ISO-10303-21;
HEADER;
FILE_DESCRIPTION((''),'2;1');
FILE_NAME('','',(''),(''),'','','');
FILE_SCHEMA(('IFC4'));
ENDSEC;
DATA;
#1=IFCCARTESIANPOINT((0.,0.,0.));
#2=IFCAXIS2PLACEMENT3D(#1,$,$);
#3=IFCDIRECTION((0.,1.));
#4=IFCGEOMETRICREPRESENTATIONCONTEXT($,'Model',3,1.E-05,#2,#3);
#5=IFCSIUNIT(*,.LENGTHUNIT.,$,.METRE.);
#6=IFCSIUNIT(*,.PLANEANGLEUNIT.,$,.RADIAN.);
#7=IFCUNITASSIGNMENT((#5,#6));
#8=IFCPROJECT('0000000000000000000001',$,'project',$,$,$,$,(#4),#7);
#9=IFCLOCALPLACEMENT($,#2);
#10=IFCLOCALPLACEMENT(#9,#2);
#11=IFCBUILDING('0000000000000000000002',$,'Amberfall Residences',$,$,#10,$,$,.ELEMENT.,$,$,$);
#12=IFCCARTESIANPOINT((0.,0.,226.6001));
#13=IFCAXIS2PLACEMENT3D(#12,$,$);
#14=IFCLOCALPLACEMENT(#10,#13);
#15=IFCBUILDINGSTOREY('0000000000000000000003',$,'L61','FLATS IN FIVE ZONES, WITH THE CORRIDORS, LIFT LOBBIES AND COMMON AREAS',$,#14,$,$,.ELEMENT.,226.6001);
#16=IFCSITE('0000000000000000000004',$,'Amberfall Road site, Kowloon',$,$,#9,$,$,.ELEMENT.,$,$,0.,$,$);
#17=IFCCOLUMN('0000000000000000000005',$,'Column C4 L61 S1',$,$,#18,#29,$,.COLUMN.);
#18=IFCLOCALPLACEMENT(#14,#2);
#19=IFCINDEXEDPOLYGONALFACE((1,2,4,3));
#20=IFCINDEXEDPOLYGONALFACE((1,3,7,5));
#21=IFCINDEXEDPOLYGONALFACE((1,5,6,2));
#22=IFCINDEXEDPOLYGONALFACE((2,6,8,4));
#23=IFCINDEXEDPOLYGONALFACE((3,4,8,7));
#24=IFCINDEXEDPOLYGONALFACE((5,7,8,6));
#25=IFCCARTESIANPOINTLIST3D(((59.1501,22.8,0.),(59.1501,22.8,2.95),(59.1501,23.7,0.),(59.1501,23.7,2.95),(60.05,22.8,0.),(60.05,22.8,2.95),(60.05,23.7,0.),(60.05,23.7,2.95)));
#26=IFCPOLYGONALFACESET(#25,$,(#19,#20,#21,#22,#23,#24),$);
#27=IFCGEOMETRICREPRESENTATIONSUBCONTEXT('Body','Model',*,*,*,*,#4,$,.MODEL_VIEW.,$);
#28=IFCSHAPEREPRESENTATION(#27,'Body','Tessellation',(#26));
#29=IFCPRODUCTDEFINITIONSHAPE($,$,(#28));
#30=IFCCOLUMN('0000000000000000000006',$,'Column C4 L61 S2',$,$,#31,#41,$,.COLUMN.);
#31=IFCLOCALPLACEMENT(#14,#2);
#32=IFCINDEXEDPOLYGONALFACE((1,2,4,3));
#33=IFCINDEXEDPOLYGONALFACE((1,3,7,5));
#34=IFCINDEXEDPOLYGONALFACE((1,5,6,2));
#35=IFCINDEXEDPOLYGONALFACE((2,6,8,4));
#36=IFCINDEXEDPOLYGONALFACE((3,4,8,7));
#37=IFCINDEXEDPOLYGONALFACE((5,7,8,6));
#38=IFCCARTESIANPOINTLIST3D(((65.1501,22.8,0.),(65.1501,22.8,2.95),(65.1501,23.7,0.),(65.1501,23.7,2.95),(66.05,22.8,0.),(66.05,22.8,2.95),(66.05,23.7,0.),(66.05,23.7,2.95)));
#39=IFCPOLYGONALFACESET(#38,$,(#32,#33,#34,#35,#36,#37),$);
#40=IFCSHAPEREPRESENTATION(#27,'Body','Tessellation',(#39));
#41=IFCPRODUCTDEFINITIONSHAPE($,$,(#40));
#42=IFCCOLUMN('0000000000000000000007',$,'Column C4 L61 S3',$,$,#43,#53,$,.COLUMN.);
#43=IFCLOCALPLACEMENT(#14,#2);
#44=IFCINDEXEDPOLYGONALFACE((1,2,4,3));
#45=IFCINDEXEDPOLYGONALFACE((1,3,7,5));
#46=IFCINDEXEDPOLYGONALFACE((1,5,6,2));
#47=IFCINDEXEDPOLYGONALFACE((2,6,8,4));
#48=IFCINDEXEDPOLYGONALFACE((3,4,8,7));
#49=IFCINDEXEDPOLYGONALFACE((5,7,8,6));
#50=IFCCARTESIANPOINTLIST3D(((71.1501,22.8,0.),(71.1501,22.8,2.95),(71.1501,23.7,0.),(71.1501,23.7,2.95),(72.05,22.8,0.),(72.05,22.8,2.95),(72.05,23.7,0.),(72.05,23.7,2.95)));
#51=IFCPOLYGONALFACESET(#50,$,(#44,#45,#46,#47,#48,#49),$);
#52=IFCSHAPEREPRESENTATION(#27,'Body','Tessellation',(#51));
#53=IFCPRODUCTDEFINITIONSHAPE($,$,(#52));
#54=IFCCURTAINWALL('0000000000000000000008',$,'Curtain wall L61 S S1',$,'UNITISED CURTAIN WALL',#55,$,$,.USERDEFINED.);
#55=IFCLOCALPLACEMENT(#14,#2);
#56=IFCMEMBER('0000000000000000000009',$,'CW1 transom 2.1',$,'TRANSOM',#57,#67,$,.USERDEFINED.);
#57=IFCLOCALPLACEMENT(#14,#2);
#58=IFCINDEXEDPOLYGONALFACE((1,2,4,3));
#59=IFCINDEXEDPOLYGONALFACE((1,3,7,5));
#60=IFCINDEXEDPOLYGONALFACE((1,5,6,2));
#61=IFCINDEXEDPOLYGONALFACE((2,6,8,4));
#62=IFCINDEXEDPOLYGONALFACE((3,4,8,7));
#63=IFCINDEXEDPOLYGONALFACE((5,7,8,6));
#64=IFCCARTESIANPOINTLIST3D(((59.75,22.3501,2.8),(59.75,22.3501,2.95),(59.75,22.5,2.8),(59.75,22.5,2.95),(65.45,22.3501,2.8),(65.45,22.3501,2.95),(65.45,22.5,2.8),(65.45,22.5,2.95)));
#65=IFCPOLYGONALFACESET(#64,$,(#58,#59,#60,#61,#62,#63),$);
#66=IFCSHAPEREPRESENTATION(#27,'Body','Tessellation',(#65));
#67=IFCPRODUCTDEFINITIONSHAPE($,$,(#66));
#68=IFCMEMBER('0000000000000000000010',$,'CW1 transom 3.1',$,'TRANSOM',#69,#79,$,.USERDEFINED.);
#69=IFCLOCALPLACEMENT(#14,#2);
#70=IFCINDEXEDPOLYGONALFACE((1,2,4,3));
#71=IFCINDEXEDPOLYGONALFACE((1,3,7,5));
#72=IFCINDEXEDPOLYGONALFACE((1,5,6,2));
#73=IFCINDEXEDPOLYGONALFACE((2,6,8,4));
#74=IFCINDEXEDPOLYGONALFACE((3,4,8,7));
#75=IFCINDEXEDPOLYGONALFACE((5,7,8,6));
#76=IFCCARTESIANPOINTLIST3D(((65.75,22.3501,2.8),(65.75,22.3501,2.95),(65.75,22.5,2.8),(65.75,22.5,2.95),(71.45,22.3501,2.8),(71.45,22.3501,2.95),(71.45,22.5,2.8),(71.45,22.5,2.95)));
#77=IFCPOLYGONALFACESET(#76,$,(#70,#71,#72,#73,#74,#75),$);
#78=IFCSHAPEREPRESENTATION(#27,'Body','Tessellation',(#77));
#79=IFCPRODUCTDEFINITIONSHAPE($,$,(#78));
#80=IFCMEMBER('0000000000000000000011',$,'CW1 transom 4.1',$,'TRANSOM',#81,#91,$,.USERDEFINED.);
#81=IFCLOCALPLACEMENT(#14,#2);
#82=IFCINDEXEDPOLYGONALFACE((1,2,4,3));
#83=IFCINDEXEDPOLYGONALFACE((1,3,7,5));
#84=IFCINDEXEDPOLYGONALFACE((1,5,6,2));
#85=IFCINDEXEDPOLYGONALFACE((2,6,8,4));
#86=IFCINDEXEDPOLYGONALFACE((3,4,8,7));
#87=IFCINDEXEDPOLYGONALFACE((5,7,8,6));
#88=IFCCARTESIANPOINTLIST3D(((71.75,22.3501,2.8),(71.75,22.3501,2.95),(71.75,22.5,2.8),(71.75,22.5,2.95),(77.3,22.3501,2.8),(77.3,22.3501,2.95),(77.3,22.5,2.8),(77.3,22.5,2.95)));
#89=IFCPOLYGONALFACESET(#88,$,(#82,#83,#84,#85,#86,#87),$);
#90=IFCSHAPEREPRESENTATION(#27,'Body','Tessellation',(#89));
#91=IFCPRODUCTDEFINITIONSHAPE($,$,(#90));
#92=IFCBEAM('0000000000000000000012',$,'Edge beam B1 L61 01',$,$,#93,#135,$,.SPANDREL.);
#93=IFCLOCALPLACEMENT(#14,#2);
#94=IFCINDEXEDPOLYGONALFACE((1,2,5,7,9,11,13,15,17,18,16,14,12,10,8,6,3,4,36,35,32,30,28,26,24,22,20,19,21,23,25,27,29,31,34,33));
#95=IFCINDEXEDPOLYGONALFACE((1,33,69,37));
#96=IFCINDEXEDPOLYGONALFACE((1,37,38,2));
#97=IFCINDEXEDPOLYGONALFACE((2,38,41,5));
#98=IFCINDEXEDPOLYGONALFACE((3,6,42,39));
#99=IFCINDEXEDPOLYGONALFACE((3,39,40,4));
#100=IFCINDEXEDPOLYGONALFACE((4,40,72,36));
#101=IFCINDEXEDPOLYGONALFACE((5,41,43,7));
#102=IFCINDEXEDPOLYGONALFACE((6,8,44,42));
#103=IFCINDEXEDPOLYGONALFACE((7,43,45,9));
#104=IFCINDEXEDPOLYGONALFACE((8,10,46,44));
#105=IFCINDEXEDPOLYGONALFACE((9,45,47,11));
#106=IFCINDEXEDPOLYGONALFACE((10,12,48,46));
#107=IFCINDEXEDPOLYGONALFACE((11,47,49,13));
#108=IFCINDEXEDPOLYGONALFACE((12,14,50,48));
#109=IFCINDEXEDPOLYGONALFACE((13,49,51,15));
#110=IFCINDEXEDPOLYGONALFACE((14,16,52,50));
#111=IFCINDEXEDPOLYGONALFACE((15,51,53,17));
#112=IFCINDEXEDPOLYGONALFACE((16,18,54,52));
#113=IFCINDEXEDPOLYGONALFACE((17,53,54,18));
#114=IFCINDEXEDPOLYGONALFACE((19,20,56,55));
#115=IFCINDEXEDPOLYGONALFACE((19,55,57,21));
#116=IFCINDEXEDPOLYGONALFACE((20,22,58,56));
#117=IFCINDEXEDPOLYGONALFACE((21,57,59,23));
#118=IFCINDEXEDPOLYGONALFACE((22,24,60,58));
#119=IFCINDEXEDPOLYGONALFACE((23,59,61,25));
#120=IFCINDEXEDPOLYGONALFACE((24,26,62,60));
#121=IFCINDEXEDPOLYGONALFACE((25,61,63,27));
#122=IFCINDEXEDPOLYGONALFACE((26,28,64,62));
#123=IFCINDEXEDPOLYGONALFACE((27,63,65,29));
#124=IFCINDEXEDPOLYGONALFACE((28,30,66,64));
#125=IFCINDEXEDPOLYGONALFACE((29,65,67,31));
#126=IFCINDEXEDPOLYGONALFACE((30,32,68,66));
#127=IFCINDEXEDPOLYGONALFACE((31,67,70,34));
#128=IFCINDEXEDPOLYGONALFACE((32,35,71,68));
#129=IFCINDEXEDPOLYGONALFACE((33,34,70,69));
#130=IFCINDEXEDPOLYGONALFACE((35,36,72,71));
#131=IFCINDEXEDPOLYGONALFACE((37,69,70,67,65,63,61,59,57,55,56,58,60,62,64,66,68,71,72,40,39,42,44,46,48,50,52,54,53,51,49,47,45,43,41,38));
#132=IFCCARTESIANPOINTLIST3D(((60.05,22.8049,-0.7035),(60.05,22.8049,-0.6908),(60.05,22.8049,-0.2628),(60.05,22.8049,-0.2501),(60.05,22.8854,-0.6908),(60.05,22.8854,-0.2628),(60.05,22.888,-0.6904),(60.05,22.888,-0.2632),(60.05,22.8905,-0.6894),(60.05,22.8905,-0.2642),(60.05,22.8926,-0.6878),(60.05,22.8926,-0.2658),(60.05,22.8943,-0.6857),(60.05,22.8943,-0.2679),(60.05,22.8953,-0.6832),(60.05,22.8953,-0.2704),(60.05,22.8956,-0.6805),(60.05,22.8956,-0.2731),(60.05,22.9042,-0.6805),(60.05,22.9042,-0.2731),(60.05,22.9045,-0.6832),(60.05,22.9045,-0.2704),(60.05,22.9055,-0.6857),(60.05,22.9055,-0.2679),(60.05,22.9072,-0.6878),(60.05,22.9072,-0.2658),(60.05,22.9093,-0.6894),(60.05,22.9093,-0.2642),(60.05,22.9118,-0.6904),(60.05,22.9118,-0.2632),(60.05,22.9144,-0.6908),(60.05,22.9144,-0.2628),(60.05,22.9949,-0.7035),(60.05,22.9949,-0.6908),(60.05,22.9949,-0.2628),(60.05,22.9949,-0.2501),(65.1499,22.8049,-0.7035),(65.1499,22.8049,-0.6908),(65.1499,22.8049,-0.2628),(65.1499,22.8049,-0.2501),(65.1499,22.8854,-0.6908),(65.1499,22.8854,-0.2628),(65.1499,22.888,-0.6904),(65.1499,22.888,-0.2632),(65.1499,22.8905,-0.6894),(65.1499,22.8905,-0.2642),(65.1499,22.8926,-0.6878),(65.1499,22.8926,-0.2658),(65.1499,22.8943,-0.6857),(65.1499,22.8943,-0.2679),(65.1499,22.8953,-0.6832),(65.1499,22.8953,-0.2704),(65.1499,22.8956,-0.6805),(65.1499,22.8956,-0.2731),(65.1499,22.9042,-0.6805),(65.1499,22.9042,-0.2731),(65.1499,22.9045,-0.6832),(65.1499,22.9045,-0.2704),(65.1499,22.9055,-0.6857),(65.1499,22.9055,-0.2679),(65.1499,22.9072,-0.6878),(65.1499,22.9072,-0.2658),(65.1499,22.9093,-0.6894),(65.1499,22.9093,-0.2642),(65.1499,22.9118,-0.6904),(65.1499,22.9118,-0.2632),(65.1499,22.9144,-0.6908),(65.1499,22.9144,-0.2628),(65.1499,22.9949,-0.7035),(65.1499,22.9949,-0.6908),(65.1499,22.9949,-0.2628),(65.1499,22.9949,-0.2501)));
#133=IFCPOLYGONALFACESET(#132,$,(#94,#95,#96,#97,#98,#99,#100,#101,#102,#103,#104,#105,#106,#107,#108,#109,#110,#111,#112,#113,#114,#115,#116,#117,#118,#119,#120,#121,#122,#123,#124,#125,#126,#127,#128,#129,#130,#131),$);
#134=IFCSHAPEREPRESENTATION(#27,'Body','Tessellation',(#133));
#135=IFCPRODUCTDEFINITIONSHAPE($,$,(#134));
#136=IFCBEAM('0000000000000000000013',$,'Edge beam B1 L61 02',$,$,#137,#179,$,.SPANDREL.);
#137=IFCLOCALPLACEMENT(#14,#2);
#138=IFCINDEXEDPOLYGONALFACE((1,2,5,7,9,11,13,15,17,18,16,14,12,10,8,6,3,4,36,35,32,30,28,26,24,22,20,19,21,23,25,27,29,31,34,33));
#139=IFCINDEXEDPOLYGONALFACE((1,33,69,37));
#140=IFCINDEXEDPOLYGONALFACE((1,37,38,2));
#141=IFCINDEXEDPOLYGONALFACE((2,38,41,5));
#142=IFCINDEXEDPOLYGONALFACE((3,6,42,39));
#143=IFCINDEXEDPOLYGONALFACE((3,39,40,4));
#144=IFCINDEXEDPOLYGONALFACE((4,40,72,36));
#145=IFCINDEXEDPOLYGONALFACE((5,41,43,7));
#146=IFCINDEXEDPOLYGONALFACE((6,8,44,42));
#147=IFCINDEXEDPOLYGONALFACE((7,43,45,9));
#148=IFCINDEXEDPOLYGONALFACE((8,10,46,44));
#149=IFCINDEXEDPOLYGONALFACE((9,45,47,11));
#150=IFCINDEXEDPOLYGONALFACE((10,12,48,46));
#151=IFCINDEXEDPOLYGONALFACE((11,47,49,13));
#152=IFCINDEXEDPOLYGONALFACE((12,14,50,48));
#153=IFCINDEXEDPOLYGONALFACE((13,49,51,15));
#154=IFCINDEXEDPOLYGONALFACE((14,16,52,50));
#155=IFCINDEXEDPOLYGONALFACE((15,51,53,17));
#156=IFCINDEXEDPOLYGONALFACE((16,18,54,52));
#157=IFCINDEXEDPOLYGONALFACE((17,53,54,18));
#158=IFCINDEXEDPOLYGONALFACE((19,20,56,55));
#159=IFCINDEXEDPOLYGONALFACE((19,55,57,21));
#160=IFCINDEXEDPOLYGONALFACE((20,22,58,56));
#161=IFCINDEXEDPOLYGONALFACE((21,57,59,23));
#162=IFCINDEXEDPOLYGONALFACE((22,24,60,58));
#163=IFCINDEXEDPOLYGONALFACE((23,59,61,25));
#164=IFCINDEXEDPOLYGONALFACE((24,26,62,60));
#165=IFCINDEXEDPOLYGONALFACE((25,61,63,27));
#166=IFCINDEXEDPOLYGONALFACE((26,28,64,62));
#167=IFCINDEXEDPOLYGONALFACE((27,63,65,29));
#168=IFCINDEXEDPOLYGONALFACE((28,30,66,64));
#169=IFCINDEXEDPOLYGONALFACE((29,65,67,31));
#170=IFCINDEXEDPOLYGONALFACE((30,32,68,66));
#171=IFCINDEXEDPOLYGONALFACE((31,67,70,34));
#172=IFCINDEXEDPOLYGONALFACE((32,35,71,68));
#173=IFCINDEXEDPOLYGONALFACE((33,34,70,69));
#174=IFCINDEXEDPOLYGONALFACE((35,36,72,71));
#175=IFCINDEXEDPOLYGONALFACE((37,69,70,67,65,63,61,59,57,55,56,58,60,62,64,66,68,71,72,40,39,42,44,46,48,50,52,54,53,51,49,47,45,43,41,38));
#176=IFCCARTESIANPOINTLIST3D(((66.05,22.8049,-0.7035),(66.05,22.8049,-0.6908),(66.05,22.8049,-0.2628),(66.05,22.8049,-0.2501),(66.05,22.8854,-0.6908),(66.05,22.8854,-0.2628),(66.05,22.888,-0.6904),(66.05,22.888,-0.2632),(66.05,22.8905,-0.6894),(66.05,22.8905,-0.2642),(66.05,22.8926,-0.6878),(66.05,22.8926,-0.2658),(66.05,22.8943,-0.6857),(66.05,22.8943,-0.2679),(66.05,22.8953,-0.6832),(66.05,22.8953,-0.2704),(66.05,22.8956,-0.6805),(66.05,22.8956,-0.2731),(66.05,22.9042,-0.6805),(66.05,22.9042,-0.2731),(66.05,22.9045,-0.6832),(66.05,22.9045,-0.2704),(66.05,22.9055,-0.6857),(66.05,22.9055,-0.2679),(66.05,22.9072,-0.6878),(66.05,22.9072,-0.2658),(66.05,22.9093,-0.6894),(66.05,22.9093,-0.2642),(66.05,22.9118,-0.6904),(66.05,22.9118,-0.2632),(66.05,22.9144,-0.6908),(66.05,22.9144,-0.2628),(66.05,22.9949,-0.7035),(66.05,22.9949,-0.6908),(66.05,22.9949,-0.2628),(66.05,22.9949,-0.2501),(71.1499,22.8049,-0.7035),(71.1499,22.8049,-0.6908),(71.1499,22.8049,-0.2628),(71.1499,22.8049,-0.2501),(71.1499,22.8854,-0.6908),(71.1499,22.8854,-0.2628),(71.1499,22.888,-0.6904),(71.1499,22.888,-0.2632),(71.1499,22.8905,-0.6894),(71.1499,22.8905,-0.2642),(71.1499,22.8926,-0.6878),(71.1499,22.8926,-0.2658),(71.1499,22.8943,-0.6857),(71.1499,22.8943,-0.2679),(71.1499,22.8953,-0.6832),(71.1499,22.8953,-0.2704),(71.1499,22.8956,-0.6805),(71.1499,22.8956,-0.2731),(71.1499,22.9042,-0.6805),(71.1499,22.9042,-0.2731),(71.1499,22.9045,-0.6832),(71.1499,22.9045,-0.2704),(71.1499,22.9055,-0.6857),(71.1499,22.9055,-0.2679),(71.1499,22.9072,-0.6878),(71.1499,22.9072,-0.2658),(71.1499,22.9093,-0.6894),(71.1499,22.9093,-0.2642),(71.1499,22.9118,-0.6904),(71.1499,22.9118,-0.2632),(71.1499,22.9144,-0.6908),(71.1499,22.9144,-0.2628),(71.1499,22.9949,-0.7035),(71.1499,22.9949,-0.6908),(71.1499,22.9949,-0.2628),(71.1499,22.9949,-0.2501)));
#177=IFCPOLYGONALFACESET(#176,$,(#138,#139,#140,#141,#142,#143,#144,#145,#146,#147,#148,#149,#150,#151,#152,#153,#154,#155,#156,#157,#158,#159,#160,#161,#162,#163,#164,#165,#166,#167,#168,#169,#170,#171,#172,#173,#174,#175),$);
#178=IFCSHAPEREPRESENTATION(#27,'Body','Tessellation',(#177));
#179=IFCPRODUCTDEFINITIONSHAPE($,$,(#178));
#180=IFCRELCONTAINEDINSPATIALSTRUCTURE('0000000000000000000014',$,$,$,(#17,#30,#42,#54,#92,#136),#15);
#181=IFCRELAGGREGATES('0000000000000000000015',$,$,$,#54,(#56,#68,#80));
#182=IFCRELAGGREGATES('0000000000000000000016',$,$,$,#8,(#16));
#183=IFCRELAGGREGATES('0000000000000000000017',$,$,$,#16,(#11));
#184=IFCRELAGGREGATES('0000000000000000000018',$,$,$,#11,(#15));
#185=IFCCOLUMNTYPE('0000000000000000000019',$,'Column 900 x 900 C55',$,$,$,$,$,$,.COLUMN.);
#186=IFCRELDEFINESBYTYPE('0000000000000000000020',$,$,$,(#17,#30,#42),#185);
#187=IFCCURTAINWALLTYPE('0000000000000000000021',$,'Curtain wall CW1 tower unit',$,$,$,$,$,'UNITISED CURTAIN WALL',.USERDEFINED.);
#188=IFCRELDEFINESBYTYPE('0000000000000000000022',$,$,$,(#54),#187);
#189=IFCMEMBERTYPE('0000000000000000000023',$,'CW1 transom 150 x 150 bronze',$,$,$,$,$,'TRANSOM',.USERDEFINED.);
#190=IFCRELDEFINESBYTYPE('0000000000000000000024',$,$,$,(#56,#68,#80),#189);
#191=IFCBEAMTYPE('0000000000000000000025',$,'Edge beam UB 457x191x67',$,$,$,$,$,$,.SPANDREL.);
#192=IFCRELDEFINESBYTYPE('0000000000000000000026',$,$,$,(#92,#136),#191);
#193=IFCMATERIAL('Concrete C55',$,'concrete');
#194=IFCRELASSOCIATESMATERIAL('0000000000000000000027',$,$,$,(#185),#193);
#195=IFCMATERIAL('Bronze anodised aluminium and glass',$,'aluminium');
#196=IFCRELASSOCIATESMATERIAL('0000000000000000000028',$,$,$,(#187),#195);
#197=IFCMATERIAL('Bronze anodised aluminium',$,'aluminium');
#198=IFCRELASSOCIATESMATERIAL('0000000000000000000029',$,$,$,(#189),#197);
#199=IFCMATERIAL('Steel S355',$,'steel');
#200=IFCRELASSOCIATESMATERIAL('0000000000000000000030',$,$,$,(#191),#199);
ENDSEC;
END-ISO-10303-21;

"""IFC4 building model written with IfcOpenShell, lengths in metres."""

from ifc_helpers import new_model, si_unit, direction, frame, origin, origin_2d, place, context, subcontext, project, spatial, rectangle, i_section, extrude, material, material_profile, profile_set, type_object, element, aggregate, save


model = new_model("IFC4")

# Units and contexts
model_context = context("Model", 3, precision=1e-05, world=origin(), true_north=direction((0.0, 1.0)))
body_context = subcontext(model_context, "Body", "Model", "MODEL_VIEW")
ifc_project = project(units=[si_unit("LENGTHUNIT", "METRE"), si_unit("PLANEANGLEUNIT", "RADIAN")], contexts=[model_context])

# Site, building, storey
site_placement = place(None, origin())
site = spatial("IfcSite", under=ifc_project, at=site_placement, Name="Amberfall Road site, Kowloon", CompositionType="ELEMENT", RefElevation=0.0)
building_placement = place(site_placement, origin())
building = spatial("IfcBuilding", under=site, at=building_placement, Name="Amberfall Residences", CompositionType="ELEMENT")
storey_placement = place(building_placement, frame((0.0, 0.0, 226.6001)))
storey = spatial("IfcBuildingStorey", under=building, at=storey_placement, Name="L61", Description="FLATS IN FIVE ZONES, WITH THE CORRIDORS, LIFT LOBBIES AND COMMON AREAS", CompositionType="ELEMENT", Elevation=226.6001)

# Columns
ifc_material_1 = material(Name="Concrete C55", Category="concrete")
ifc_material_profile_1 = material_profile(ifc_material_1, rectangle(XDim=0.8999, YDim=0.8999, at=origin_2d()), Name="Column 900 x 900 C55")
ifc_profile_set_1 = profile_set([ifc_material_profile_1], Name="Concrete C55")
column_type = type_object("IfcColumnType", Name="Column 900 x 900 C55", PredefinedType="COLUMN", material=ifc_profile_set_1)
for number, where, z_axis, x_axis, name in (
    (1, (59.6001, 23.25, 0.0), (0.0, 0.0, 1.0), (1.0, 0.0, 0.0), "Column C4 L61 S1"),
    (2, (65.6001, 23.25, 0.0), (0.0, 0.0, 1.0), (1.0, 0.0, 0.0), "Column C4 L61 S2"),
    (3, (71.6001, 23.25, 0.0), (0.0, 0.0, 1.0), (1.0, 0.0, 0.0), "Column C4 L61 S3"),
):
    element("IfcColumn", number, at=place(storey_placement, frame(where, z_axis=z_axis, x_axis=x_axis)), inside=storey, type_object=column_type, Name=name, PredefinedType="COLUMN", context=body_context, shape_type="SweptSolid", body=[
        extrude(rectangle(XDim=0.8999, YDim=0.8999, at=origin_2d()), origin(), (0.0, 0.0, 1.0), 2.95),
    ])

# Curtain wall, members
ifc_material_2 = material(Name="Bronze anodised aluminium and glass", Category="aluminium")
curtain_wall_type = type_object("IfcCurtainWallType", Name="Curtain wall CW1 tower unit", ElementType="UNITISED CURTAIN WALL", PredefinedType="USERDEFINED", material=ifc_material_2)
curtain_wall_placement = place(storey_placement, origin())
curtain_wall = element("IfcCurtainWall", 4, at=curtain_wall_placement, inside=storey, type_object=curtain_wall_type, Name="Curtain wall L61 S S1", ObjectType="UNITISED CURTAIN WALL", PredefinedType="USERDEFINED")
ifc_material_3 = material(Name="Bronze anodised aluminium", Category="aluminium")
ifc_material_profile_2 = material_profile(ifc_material_3, rectangle(XDim=0.1499, YDim=0.1499, at=origin_2d()), Name="CW1 transom 150 x 150 bronze")
ifc_profile_set_2 = profile_set([ifc_material_profile_2], Name="Bronze anodised aluminium")
member_type_1 = type_object("IfcMemberType", Name="CW1 transom 150 x 150 bronze", ElementType="TRANSOM", PredefinedType="USERDEFINED", material=ifc_profile_set_2)
member_1_placement = place(storey_placement, frame((59.75, 22.425, 2.875), z_axis=(1.0, 0.0, 0.0), x_axis=(0.0, 1.0, 0.0)))
member_1 = element("IfcMember", 5, at=member_1_placement, type_object=member_type_1, Name="CW1 transom 2.1", ObjectType="TRANSOM", PredefinedType="USERDEFINED", context=body_context, shape_type="SweptSolid", body=[
    extrude(rectangle(XDim=0.1499, YDim=0.1499, at=origin_2d()), origin(), (0.0, 0.0, 1.0), 5.7),
])
member_2_placement = place(storey_placement, frame((65.75, 22.425, 2.875), z_axis=(1.0, 0.0, 0.0), x_axis=(0.0, 1.0, 0.0)))
member_2 = element("IfcMember", 6, at=member_2_placement, type_object=member_type_1, Name="CW1 transom 3.1", ObjectType="TRANSOM", PredefinedType="USERDEFINED", context=body_context, shape_type="SweptSolid", body=[
    extrude(rectangle(XDim=0.1499, YDim=0.1499, at=origin_2d()), origin(), (0.0, 0.0, 1.0), 5.7),
])
member_3_placement = place(storey_placement, frame((71.75, 22.425, 2.875), z_axis=(1.0, 0.0, 0.0), x_axis=(0.0, 1.0, 0.0)))
member_3 = element("IfcMember", 7, at=member_3_placement, type_object=member_type_1, Name="CW1 transom 4.1", ObjectType="TRANSOM", PredefinedType="USERDEFINED", context=body_context, shape_type="SweptSolid", body=[
    extrude(rectangle(XDim=0.1499, YDim=0.1499, at=origin_2d()), origin(), (0.0, 0.0, 1.0), 5.55),
])

# Beams
ifc_material_4 = material(Name="Steel S355", Category="steel")
ifc_material_profile_3 = material_profile(ifc_material_4, i_section(OverallWidth=0.1899, OverallDepth=0.4534, WebThickness=0.0085, FlangeThickness=0.0127, FilletRadius=0.0103, at=origin_2d()), Name="UB 457x191x67")
ifc_profile_set_3 = profile_set([ifc_material_profile_3], Name="Steel S355")
beam_type_1 = type_object("IfcBeamType", Name="Edge beam UB 457x191x67", PredefinedType="SPANDREL", material=ifc_profile_set_3)
for number, where, z_axis, x_axis, name in (
    (8, (60.05, 22.8999, -0.4768), (1.0, 0.0, 0.0), (0.0, 1.0, 0.0), "Edge beam B1 L61 01"),
    (9, (66.05, 22.8999, -0.4768), (1.0, 0.0, 0.0), (0.0, 1.0, 0.0), "Edge beam B1 L61 02"),
):
    element("IfcBeam", number, at=place(storey_placement, frame(where, z_axis=z_axis, x_axis=x_axis)), inside=storey, type_object=beam_type_1, Name=name, PredefinedType="SPANDREL", context=body_context, shape_type="SweptSolid", body=[
        extrude(i_section(OverallWidth=0.1899, OverallDepth=0.4534, WebThickness=0.0085, FlangeThickness=0.0127, FilletRadius=0.0103, at=origin_2d()), origin(), (0.0, 0.0, 1.0), 5.0999),
    ])

aggregate(curtain_wall, [member_1, member_2, member_3])

save(model, "model.ifc")
